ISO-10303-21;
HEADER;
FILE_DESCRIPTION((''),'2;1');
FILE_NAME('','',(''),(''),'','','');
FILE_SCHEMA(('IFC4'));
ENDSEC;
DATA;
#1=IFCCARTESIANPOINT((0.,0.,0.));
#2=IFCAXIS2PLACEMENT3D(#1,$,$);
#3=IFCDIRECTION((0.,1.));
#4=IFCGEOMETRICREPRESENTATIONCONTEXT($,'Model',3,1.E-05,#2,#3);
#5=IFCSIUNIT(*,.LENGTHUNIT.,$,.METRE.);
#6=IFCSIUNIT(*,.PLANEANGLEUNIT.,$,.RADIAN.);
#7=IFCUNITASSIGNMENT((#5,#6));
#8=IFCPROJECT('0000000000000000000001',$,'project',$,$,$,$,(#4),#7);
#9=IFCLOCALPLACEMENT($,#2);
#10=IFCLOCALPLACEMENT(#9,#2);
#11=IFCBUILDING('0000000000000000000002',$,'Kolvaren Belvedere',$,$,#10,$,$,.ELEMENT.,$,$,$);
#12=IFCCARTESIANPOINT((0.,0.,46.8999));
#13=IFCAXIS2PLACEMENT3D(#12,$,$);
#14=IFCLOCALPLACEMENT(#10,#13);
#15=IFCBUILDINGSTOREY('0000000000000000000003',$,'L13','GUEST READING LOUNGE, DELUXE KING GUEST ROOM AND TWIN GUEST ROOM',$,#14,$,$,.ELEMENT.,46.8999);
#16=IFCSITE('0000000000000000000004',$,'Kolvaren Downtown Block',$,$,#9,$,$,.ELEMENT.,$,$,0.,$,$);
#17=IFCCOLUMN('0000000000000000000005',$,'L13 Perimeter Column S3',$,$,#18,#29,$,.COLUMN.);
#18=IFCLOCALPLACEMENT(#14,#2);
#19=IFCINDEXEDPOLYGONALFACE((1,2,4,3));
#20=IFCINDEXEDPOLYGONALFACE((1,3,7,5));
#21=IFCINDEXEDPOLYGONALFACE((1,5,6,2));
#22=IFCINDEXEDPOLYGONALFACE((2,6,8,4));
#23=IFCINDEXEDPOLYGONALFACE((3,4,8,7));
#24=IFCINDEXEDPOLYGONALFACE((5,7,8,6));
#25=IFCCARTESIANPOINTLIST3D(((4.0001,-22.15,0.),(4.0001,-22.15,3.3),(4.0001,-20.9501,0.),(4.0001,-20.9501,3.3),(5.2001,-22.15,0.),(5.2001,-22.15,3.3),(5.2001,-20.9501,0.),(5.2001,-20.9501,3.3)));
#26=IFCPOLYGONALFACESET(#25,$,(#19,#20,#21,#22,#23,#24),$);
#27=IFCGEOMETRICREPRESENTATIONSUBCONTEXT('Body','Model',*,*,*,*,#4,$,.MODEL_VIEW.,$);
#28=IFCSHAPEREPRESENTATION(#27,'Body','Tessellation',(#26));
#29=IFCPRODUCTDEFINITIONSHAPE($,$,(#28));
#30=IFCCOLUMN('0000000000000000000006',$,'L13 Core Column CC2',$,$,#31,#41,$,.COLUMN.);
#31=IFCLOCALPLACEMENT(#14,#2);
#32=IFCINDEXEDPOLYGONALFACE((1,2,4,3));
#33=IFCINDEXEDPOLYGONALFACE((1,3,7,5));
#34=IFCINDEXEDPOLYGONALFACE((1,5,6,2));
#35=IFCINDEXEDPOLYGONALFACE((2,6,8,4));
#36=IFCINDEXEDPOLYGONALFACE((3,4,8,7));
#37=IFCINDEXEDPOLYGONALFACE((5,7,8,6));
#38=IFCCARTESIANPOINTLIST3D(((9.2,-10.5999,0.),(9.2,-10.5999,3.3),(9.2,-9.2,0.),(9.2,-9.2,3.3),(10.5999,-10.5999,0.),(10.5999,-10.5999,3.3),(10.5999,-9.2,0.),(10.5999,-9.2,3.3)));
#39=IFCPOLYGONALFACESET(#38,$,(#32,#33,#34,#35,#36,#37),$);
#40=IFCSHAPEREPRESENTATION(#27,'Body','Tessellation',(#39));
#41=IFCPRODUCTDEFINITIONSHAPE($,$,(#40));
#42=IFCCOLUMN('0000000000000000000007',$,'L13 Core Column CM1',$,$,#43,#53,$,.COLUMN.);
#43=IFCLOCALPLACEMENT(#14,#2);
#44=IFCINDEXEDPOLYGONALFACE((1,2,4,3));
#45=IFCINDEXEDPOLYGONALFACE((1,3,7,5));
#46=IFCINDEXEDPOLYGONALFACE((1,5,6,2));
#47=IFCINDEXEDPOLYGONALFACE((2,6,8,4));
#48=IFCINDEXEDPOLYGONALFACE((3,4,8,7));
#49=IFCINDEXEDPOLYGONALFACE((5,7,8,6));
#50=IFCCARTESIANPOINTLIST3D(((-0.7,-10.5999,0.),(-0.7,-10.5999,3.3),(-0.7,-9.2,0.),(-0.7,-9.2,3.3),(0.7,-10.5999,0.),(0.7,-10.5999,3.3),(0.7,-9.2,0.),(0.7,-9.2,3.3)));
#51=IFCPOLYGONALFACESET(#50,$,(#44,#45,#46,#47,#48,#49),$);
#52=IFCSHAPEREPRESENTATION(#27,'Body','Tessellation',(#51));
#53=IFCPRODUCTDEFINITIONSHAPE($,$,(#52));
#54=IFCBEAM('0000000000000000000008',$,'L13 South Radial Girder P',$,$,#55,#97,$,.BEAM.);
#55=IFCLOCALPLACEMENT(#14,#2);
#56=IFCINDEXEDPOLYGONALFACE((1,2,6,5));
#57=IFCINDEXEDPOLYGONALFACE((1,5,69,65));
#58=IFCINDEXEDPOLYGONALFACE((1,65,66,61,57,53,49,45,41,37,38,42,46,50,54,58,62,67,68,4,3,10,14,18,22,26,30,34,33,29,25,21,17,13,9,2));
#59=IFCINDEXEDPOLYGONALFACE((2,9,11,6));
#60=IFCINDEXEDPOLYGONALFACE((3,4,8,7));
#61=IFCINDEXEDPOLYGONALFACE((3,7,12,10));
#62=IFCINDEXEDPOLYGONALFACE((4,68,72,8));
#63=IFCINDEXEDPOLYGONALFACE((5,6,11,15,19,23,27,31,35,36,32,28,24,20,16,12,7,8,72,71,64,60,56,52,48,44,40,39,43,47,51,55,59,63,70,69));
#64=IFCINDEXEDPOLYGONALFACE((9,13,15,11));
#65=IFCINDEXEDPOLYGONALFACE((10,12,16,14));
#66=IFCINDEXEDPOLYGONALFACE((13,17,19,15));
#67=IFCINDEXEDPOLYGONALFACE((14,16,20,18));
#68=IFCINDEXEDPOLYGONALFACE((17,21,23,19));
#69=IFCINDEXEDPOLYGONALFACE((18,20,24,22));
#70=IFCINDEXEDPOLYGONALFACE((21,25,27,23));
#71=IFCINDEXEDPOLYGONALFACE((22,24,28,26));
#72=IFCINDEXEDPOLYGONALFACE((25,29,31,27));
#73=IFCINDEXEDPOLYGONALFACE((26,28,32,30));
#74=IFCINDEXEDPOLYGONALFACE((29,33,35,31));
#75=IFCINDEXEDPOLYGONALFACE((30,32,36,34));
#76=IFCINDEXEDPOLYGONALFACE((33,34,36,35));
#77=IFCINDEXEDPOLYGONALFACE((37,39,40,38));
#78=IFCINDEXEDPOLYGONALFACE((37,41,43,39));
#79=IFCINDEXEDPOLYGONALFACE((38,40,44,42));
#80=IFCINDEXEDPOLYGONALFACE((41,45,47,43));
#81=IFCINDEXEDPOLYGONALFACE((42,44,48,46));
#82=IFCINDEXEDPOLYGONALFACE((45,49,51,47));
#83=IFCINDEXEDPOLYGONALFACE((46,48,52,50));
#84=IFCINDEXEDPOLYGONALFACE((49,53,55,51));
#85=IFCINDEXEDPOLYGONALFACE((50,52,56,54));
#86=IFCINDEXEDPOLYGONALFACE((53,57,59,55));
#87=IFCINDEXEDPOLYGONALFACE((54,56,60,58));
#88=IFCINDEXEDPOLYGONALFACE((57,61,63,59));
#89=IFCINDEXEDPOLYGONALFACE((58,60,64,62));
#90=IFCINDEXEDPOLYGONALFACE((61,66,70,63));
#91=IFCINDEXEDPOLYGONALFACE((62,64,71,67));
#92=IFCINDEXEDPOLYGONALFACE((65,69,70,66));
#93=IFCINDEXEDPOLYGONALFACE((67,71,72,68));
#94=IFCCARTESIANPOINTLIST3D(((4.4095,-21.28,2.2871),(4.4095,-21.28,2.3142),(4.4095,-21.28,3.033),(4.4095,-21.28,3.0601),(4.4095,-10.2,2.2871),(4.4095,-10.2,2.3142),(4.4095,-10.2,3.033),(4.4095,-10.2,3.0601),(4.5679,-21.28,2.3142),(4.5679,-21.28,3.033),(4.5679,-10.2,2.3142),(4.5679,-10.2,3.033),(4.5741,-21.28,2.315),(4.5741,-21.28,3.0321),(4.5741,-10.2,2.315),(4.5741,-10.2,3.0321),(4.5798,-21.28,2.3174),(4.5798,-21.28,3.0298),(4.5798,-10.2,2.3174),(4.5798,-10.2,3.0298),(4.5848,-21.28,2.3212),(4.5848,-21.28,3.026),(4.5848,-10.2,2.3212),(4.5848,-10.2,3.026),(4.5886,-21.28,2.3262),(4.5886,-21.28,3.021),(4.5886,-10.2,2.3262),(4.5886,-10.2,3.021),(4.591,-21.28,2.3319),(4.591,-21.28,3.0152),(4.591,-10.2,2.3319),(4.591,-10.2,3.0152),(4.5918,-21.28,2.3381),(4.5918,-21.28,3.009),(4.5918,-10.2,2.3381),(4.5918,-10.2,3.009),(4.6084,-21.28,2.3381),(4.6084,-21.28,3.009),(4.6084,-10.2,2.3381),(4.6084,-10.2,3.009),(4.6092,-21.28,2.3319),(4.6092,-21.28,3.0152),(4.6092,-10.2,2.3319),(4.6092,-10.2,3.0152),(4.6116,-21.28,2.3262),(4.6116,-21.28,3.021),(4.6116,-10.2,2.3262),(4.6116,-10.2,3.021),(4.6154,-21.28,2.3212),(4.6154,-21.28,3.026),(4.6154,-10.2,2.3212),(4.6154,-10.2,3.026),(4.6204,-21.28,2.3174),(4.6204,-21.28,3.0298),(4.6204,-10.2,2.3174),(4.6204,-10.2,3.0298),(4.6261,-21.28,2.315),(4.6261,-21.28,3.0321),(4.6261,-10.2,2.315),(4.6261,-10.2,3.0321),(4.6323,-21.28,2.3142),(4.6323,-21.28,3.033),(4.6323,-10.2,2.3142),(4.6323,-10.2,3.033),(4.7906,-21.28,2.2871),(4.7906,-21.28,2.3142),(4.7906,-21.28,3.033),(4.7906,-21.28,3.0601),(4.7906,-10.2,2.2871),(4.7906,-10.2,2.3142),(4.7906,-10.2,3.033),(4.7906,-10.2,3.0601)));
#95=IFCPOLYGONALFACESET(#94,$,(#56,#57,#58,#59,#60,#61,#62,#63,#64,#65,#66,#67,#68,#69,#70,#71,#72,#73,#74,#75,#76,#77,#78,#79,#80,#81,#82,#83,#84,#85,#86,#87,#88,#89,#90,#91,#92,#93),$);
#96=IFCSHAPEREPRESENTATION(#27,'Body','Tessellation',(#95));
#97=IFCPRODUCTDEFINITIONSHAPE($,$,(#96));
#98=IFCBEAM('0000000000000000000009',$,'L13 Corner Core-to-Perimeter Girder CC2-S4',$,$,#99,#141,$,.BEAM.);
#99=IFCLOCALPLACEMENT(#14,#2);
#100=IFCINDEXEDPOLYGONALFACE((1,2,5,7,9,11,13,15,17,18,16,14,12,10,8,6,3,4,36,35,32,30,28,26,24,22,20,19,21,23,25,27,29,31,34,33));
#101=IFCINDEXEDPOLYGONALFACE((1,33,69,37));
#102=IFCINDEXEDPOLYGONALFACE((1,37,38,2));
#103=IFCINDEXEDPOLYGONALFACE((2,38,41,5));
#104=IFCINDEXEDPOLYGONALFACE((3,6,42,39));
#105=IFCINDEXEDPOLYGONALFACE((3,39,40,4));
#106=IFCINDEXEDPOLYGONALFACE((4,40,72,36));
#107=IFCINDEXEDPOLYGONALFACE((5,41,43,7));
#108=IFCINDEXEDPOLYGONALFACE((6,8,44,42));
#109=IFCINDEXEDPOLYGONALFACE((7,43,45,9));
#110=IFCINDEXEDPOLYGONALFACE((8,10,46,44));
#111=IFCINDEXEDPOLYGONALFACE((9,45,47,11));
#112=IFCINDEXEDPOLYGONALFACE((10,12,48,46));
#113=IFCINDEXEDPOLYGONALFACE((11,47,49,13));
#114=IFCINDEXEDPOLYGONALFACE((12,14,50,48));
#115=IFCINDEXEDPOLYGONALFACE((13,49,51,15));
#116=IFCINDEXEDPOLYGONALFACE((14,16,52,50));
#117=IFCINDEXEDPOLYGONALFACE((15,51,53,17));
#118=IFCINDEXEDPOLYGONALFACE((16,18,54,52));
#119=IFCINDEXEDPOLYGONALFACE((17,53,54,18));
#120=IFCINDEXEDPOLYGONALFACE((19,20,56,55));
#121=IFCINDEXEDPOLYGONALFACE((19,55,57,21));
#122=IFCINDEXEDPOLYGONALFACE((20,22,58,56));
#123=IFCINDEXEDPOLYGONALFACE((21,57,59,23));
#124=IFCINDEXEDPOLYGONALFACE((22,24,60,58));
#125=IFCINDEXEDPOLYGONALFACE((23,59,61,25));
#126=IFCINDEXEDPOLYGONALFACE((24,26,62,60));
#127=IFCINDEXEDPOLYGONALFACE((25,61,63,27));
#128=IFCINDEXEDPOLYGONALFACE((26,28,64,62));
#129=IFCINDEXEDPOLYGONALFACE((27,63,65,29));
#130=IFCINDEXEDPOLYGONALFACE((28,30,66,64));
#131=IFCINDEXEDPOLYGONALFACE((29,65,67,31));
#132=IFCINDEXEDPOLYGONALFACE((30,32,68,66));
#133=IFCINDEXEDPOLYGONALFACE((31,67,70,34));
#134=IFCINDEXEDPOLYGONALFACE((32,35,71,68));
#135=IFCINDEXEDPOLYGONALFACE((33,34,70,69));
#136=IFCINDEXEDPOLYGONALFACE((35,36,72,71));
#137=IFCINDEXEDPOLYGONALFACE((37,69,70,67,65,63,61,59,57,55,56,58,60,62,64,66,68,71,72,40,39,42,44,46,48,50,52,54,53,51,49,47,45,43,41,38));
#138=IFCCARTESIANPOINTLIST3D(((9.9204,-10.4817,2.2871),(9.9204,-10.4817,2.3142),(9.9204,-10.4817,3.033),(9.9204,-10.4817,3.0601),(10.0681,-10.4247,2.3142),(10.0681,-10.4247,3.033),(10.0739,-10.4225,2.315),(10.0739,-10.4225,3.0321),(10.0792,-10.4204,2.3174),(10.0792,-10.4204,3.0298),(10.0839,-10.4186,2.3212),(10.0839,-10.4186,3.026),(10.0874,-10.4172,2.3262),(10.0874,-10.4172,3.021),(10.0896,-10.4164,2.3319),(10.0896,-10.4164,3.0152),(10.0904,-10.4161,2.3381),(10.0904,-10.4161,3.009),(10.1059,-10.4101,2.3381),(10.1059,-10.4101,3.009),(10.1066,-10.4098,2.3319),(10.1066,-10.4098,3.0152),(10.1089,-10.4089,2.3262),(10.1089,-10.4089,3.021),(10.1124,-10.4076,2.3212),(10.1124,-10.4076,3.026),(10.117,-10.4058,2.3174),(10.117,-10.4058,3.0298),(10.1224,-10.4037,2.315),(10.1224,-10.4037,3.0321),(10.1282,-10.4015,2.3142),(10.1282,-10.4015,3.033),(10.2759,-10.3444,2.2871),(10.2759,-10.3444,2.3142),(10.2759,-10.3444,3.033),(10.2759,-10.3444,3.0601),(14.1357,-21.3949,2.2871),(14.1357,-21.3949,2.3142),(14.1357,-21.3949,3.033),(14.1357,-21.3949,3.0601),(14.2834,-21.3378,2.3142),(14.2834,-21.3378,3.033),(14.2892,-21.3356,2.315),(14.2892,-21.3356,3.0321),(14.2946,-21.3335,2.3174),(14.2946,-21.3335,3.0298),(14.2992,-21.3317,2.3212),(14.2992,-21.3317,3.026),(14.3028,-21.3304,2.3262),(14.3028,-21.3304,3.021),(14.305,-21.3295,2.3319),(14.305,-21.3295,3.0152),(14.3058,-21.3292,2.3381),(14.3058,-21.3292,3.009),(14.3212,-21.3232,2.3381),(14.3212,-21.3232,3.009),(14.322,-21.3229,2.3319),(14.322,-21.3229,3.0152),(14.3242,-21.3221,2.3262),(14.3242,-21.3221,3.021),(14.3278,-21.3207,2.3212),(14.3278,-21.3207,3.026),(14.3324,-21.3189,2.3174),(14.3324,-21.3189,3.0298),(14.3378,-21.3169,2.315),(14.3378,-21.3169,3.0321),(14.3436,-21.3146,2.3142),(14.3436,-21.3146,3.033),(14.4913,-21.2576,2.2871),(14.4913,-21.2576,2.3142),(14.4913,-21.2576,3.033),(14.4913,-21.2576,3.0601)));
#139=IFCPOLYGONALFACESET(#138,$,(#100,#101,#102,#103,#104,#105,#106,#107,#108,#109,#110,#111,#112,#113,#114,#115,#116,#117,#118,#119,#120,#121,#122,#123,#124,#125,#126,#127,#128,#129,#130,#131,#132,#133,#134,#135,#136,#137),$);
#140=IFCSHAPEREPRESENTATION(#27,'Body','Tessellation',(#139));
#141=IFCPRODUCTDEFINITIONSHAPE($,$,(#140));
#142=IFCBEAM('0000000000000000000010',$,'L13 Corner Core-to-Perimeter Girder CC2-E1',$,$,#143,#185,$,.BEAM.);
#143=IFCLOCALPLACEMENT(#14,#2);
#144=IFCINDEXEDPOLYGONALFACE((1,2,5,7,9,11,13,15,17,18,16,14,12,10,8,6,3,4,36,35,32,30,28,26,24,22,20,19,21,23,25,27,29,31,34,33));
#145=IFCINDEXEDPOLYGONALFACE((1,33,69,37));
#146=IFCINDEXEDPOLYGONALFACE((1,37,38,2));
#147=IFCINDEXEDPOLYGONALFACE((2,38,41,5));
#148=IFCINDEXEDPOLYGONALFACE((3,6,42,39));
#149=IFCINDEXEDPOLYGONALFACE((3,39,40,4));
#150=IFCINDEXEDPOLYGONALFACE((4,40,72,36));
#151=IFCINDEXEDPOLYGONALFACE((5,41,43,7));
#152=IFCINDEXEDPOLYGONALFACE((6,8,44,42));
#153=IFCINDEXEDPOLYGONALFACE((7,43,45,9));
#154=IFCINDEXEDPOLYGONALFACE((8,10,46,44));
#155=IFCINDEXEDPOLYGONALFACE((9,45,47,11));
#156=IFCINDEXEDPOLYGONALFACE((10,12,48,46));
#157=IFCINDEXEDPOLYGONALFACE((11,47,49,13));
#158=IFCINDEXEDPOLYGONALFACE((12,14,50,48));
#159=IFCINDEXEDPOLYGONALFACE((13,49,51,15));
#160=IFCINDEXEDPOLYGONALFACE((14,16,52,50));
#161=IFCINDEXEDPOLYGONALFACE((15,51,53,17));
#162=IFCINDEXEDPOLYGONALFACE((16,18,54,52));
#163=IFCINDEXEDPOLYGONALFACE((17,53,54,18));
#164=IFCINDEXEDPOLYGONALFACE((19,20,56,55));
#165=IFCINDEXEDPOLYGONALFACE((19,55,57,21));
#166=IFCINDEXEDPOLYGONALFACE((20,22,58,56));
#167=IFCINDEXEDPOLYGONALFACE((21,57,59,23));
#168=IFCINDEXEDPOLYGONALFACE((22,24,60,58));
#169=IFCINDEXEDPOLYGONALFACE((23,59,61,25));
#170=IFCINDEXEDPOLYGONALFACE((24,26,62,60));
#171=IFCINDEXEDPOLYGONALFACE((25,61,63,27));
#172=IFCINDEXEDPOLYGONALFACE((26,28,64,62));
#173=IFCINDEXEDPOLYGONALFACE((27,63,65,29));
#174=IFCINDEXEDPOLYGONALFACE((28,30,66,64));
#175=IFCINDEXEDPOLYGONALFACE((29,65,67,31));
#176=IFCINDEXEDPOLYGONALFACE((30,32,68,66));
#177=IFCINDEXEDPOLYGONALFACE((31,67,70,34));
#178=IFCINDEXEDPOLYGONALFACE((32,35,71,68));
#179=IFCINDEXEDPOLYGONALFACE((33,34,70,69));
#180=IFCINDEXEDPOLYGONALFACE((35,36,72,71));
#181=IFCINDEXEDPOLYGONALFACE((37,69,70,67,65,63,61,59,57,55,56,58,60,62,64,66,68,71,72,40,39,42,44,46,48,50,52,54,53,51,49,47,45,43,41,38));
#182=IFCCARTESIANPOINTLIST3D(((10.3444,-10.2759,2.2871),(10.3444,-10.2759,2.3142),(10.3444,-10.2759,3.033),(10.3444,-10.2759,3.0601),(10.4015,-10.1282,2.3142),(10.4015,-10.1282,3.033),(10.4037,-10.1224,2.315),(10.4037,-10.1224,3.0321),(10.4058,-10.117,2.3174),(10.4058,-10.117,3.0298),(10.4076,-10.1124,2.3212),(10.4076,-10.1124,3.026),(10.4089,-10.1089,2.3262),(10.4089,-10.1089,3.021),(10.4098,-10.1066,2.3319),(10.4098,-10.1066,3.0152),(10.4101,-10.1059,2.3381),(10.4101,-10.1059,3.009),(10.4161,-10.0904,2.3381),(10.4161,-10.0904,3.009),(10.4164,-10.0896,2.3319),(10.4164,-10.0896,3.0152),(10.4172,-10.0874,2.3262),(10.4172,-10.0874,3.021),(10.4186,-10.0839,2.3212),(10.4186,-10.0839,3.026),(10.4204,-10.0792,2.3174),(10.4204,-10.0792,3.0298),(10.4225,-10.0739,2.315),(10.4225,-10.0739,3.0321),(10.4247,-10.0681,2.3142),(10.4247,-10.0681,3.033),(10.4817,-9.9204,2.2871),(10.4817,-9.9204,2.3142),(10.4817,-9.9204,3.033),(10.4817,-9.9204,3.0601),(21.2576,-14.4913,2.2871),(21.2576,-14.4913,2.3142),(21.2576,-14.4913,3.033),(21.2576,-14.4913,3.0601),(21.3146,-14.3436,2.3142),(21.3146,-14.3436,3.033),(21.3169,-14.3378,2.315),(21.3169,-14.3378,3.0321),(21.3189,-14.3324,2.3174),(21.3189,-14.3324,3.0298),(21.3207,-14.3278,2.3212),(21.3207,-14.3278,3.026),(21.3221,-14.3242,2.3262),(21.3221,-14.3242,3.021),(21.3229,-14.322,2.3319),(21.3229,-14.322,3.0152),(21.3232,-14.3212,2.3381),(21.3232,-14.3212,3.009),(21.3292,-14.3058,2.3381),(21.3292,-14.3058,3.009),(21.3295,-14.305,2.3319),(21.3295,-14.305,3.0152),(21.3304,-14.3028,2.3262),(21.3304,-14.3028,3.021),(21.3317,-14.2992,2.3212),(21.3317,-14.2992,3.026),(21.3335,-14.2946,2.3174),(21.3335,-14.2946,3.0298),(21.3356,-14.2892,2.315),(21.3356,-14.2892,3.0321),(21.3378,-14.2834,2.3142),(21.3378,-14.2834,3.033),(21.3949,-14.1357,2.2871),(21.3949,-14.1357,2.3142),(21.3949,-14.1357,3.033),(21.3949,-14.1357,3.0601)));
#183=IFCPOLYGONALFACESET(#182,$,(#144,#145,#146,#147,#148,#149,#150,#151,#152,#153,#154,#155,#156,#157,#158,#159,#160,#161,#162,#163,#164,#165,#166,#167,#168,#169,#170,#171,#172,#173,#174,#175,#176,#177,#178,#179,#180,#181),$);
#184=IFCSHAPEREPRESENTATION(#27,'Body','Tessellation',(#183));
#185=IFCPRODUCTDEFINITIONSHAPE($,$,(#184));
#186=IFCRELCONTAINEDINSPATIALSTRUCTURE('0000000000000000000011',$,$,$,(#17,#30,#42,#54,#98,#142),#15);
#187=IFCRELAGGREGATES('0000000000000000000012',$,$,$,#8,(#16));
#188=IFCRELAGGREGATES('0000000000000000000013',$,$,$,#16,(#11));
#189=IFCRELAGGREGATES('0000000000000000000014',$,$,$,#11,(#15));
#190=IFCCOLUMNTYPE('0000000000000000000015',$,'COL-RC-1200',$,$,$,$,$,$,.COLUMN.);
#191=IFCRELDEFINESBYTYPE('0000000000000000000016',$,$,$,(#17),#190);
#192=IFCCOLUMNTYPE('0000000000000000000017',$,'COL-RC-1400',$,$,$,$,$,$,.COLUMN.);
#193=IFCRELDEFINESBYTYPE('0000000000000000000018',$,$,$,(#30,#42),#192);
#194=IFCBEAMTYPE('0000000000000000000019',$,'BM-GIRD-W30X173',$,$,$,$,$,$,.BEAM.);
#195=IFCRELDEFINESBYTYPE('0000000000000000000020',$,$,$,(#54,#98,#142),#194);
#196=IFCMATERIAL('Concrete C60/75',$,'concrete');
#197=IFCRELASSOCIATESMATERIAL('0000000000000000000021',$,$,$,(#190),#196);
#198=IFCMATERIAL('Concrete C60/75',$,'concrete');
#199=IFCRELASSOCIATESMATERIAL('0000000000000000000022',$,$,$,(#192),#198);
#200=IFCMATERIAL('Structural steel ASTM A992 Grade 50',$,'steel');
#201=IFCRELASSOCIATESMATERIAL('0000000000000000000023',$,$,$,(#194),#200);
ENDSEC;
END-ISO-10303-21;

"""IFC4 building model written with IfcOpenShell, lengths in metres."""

from ifc_helpers import new_model, si_unit, direction, frame, origin, origin_2d, place, context, subcontext, project, spatial, rectangle, i_section, extrude, material, material_profile, profile_set, type_object, element, save


model = new_model("IFC4")

# Units and contexts
model_context = context("Model", 3, precision=1e-05, world=origin(), true_north=direction((0.0, 1.0)))
body_context = subcontext(model_context, "Body", "Model", "MODEL_VIEW")
ifc_project = project(units=[si_unit("LENGTHUNIT", "METRE"), si_unit("PLANEANGLEUNIT", "RADIAN")], contexts=[model_context])

# Site, building, storey
site_placement = place(None, origin())
site = spatial("IfcSite", under=ifc_project, at=site_placement, Name="Kolvaren Downtown Block", CompositionType="ELEMENT", RefElevation=0.0)
building_placement = place(site_placement, origin())
building = spatial("IfcBuilding", under=site, at=building_placement, Name="Kolvaren Belvedere", CompositionType="ELEMENT")
storey_placement = place(building_placement, frame((0.0, 0.0, 46.8999)))
storey = spatial("IfcBuildingStorey", under=building, at=storey_placement, Name="L13", Description="GUEST READING LOUNGE, DELUXE KING GUEST ROOM AND TWIN GUEST ROOM", CompositionType="ELEMENT", Elevation=46.8999)

# Columns
ifc_material_1 = material(Name="Concrete C60/75", Category="concrete")
ifc_material_profile_1 = material_profile(ifc_material_1, rectangle(XDim=1.2, YDim=1.2, at=origin_2d()), Name="RC 1200X1200")
ifc_profile_set_1 = profile_set([ifc_material_profile_1], Name="Concrete C60/75")
column_type_1 = type_object("IfcColumnType", Name="COL-RC-1200", PredefinedType="COLUMN", material=ifc_profile_set_1)
column_placement = place(storey_placement, frame((4.6001, -21.55, 0.0), z_axis=(0.0, 0.0, 1.0), x_axis=(1.0, 0.0, 0.0)))
element("IfcColumn", 1, at=column_placement, inside=storey, type_object=column_type_1, Name="L13 Perimeter Column S3", PredefinedType="COLUMN", context=body_context, shape_type="SweptSolid", body=[
    extrude(rectangle(XDim=1.2, YDim=1.2, at=origin_2d()), origin(), (0.0, 0.0, 1.0), 3.3),
])
ifc_material_2 = material(Name="Concrete C60/75", Category="concrete")
ifc_material_profile_2 = material_profile(ifc_material_2, rectangle(XDim=1.3999, YDim=1.3999, at=origin_2d()), Name="RC 1400X1400")
ifc_profile_set_2 = profile_set([ifc_material_profile_2], Name="Concrete C60/75")
column_type_2 = type_object("IfcColumnType", Name="COL-RC-1400", PredefinedType="COLUMN", material=ifc_profile_set_2)
for number, where, z_axis, x_axis, name in (
    (2, (9.8999, -9.8999, 0.0), (0.0, 0.0, 1.0), (1.0, 0.0, 0.0), "L13 Core Column CC2"),
    (3, (0.0, -9.8999, 0.0), (0.0, 0.0, 1.0), (1.0, 0.0, 0.0), "L13 Core Column CM1"),
):
    element("IfcColumn", number, at=place(storey_placement, frame(where, z_axis=z_axis, x_axis=x_axis)), inside=storey, type_object=column_type_2, Name=name, PredefinedType="COLUMN", context=body_context, shape_type="SweptSolid", body=[
        extrude(rectangle(XDim=1.3999, YDim=1.3999, at=origin_2d()), origin(), (0.0, 0.0, 1.0), 3.3),
    ])

# Beams
ifc_material_3 = material(Name="Structural steel ASTM A992 Grade 50", Category="steel")
ifc_material_profile_3 = material_profile(ifc_material_3, i_section(OverallWidth=0.3811, OverallDepth=0.7729, WebThickness=0.0166, FlangeThickness=0.0271, FilletRadius=0.0239, at=origin_2d()), Name="W30X173")
ifc_profile_set_3 = profile_set([ifc_material_profile_3], Name="Structural steel ASTM A992 Grade 50")
beam_type_1 = type_object("IfcBeamType", Name="BM-GIRD-W30X173", PredefinedType="BEAM", material=ifc_profile_set_3)
beam_1_placement = place(storey_placement, frame((4.6001, -10.2, 2.6736), z_axis=(0.0, -1.0, 0.0), x_axis=(1.0, 0.0, 0.0)))
element("IfcBeam", 4, at=beam_1_placement, inside=storey, type_object=beam_type_1, Name="L13 South Radial Girder P", PredefinedType="BEAM", context=body_context, shape_type="SweptSolid", body=[
    extrude(i_section(OverallWidth=0.3811, OverallDepth=0.7729, WebThickness=0.0166, FlangeThickness=0.0271, FilletRadius=0.0239, at=origin_2d()), origin(), (0.0, 0.0, 1.0), 11.0801),
])
for number, where, z_axis, x_axis, name in (
    (5, (10.0981, -10.4131, 2.6736), (0.360318, -0.932829, 0.0), (0.932829, 0.360318, 0.0), "L13 Corner Core-to-Perimeter Girder CC2-S4"),
    (6, (10.4131, -10.0981, 2.6736), (0.932829, -0.360318, 0.0), (0.360318, 0.932829, 0.0), "L13 Corner Core-to-Perimeter Girder CC2-E1"),
):
    element("IfcBeam", number, at=place(storey_placement, frame(where, z_axis=z_axis, x_axis=x_axis)), inside=storey, type_object=beam_type_1, Name=name, PredefinedType="BEAM", context=body_context, shape_type="SweptSolid", body=[
        extrude(i_section(OverallWidth=0.3811, OverallDepth=0.7729, WebThickness=0.0166, FlangeThickness=0.0271, FilletRadius=0.0239, at=origin_2d()), origin(), (0.0, 0.0, 1.0), 11.699),
    ])

save(model, "model.ifc")
